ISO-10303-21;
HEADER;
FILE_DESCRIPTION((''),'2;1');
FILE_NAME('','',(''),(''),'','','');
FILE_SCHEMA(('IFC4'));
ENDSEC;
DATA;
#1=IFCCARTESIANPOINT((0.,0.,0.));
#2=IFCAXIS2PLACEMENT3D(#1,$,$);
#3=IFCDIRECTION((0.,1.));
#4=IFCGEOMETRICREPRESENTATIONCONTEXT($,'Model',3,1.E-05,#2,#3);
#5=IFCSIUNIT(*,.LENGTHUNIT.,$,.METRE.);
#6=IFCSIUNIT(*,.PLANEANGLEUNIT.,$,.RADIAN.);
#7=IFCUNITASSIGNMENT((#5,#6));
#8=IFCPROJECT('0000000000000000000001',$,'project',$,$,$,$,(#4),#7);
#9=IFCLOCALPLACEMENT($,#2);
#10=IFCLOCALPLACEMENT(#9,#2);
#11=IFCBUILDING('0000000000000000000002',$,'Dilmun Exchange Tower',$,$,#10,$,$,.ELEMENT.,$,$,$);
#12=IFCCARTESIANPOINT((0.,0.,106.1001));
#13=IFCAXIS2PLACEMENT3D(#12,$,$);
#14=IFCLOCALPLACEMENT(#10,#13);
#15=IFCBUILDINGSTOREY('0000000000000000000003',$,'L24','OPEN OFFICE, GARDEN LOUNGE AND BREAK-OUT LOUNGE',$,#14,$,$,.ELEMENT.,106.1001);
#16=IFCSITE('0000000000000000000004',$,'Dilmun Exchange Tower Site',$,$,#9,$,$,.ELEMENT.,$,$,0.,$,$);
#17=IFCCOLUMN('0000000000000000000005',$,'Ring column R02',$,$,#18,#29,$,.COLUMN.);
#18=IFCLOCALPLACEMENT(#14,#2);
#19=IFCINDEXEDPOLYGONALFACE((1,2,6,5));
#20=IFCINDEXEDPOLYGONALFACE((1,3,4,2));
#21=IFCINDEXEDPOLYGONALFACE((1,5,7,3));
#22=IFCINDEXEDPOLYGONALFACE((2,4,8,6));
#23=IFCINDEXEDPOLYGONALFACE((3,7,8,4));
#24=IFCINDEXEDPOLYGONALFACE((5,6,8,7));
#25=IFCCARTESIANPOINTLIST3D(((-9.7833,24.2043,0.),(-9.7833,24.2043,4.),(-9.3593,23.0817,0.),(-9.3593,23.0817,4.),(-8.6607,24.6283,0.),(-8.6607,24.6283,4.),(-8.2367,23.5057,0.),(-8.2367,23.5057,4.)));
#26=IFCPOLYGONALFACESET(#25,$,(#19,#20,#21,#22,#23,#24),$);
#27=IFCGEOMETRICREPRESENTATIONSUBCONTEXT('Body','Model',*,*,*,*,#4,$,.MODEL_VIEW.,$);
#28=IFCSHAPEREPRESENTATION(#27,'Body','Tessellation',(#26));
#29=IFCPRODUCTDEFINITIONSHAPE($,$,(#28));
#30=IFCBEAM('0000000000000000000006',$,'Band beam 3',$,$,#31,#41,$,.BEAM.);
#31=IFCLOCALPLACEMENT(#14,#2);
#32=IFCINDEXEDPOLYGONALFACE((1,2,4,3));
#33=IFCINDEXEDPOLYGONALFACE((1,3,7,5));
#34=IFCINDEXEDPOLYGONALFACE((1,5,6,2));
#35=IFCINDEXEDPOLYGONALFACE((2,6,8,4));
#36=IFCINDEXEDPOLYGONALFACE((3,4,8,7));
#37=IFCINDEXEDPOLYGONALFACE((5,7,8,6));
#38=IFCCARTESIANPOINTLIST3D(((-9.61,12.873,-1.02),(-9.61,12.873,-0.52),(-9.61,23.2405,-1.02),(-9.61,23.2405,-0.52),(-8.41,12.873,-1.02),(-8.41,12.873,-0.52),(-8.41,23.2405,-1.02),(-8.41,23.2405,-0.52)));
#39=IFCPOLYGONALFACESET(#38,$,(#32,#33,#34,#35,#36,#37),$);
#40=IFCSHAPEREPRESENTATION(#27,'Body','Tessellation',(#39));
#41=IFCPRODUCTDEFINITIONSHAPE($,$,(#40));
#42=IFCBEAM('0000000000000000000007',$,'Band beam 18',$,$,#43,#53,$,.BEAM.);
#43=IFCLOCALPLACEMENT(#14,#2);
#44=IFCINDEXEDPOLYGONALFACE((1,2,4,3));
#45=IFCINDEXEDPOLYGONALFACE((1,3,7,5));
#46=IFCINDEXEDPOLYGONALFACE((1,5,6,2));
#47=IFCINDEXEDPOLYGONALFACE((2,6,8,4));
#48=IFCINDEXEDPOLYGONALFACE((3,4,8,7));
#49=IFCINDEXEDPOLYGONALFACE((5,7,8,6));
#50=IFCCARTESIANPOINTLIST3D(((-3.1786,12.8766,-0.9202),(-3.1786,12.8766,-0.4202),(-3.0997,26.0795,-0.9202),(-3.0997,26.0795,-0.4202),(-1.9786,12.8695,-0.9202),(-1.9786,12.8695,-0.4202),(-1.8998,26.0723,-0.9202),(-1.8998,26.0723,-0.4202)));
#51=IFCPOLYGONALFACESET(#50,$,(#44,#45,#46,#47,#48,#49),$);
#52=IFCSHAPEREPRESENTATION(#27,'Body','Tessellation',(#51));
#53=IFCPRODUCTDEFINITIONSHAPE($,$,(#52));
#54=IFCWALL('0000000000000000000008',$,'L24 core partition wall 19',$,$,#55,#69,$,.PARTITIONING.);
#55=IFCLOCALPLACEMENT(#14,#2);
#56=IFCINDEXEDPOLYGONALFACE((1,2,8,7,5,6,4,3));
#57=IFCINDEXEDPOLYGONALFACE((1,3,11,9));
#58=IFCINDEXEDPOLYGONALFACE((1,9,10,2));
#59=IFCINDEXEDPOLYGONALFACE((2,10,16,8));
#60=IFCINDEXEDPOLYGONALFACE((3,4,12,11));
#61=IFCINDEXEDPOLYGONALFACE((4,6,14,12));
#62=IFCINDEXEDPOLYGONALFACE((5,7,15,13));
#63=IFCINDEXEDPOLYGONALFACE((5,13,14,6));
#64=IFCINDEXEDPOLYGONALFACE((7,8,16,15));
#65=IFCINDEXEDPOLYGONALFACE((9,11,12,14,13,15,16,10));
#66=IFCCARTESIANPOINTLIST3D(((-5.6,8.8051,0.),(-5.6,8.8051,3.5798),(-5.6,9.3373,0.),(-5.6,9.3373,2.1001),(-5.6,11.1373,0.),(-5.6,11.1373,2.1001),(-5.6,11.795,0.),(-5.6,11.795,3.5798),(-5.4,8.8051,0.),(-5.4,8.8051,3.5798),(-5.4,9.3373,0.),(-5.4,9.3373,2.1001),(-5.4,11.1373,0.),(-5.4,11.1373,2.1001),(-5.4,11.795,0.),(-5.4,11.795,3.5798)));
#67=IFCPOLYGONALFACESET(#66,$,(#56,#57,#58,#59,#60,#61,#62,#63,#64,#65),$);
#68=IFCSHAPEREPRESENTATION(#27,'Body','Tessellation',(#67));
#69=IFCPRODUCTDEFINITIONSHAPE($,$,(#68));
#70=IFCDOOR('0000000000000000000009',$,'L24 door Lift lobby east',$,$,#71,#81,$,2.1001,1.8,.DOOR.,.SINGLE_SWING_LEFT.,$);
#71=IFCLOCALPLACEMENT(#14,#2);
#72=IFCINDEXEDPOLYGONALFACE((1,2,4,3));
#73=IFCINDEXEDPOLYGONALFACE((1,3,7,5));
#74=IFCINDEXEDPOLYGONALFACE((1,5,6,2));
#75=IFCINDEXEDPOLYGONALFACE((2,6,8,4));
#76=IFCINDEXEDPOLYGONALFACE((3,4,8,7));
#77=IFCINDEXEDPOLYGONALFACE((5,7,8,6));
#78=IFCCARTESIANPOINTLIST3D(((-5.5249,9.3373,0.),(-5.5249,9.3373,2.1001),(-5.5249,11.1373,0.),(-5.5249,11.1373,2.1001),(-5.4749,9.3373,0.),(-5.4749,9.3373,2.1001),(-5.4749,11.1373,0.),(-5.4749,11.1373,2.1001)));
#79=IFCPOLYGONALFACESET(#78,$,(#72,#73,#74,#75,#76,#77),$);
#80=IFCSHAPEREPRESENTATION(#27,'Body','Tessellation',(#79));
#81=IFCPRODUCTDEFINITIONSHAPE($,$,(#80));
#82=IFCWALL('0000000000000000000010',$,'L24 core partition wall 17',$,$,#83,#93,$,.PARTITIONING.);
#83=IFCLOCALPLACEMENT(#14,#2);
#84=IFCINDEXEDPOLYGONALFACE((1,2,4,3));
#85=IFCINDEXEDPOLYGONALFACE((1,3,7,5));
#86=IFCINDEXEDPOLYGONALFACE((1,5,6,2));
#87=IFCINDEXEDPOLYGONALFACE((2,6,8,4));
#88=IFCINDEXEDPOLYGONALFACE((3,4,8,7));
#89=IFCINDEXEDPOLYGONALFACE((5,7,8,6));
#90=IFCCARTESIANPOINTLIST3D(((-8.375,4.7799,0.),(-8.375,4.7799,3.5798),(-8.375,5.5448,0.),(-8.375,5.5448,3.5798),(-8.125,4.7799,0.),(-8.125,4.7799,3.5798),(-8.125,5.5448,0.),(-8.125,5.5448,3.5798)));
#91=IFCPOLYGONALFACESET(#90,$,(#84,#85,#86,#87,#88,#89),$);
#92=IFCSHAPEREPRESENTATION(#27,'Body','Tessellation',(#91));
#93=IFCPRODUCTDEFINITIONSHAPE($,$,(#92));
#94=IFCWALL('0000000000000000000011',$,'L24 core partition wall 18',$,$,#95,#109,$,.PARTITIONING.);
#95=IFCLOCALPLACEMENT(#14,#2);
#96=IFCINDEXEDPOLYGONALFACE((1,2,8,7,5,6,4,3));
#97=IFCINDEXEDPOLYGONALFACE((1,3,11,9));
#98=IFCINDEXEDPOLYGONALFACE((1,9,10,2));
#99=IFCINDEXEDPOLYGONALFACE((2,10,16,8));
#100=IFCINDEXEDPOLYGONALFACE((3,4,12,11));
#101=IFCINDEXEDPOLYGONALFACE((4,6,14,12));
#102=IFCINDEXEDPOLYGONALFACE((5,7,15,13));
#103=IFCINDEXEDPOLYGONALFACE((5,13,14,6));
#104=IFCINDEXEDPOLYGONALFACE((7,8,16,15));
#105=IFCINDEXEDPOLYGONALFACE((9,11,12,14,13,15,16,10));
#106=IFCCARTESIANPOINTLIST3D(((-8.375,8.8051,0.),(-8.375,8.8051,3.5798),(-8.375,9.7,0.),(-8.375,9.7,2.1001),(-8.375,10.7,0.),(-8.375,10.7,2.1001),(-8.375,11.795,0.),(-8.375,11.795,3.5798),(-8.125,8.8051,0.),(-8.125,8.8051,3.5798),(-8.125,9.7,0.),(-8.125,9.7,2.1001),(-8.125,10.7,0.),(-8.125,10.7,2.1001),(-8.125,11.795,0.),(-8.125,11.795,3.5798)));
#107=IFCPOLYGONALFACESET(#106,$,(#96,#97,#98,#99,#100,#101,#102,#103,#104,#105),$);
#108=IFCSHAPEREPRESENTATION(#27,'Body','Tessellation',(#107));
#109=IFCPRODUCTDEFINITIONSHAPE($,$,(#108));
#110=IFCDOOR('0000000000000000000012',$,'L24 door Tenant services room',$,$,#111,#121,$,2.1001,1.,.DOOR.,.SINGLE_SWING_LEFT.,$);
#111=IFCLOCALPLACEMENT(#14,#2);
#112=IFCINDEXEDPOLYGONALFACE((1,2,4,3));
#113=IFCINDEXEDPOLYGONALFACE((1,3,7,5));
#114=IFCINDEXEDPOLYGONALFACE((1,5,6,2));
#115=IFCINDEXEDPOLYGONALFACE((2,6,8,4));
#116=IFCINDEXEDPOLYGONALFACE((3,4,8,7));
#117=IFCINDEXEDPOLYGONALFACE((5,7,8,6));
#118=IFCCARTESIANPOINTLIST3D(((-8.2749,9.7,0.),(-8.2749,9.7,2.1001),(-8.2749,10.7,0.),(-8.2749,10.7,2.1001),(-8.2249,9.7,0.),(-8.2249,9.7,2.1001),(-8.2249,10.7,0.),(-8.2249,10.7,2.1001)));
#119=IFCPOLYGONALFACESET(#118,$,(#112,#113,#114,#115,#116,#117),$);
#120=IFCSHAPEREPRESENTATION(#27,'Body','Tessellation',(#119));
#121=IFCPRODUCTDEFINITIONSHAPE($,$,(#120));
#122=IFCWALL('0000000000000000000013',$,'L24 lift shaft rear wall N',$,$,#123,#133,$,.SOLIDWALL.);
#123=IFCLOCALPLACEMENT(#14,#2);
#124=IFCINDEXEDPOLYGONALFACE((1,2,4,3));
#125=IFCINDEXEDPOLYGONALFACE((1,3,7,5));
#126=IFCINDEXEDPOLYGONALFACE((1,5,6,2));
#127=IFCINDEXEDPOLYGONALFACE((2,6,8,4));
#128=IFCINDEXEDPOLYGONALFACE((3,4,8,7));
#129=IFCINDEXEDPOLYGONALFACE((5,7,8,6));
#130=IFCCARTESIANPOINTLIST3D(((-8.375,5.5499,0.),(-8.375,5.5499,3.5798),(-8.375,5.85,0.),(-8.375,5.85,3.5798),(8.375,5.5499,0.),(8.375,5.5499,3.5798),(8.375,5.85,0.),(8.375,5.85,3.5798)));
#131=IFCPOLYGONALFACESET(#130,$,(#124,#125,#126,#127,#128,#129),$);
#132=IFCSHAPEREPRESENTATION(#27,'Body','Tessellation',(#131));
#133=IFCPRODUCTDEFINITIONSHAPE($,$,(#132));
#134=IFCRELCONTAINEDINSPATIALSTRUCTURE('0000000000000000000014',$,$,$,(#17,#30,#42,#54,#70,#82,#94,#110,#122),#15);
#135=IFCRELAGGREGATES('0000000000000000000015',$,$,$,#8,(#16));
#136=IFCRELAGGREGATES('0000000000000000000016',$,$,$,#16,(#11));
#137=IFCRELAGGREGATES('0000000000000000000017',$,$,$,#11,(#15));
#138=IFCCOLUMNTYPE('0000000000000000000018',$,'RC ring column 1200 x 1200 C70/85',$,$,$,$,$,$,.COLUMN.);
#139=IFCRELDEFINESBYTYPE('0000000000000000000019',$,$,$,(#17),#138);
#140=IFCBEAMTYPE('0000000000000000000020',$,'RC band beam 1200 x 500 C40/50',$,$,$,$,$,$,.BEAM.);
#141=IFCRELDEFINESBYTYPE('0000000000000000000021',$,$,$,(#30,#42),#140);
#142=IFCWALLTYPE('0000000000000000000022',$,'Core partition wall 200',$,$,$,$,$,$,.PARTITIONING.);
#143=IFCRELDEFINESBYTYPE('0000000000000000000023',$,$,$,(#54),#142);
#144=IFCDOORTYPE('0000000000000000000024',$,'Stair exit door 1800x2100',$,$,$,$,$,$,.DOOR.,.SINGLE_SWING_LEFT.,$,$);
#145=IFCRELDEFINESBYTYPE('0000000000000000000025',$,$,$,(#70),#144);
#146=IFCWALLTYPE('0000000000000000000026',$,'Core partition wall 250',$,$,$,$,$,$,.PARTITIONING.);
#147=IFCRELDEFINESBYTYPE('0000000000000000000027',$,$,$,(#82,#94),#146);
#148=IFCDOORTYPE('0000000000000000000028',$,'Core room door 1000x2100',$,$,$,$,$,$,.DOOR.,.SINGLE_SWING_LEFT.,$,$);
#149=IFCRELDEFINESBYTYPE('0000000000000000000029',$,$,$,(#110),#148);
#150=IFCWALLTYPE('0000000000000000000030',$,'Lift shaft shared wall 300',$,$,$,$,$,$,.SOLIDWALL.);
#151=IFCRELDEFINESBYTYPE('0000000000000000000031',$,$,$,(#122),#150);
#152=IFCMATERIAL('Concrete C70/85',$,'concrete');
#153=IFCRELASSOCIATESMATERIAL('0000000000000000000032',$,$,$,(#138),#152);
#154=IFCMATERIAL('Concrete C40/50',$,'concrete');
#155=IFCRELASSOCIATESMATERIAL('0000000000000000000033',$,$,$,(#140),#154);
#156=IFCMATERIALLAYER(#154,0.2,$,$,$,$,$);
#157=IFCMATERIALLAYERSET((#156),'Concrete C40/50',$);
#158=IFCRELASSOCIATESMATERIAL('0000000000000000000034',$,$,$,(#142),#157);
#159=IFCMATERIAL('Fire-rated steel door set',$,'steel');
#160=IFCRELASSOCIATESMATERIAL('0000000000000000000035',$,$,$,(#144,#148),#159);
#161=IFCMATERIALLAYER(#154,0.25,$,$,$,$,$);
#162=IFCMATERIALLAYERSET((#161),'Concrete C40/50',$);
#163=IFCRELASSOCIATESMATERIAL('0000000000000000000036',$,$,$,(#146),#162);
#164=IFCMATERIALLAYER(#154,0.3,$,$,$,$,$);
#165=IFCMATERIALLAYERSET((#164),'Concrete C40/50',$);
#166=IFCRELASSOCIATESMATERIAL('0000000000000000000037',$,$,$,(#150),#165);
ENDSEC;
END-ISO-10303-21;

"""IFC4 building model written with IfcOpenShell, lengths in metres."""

from ifc_helpers import new_model, si_unit, direction, frame, frame_2d, origin, origin_2d, place, context, subcontext, project, spatial, rectangle, extrude, material, layer, layer_set, material_profile, profile_set, type_object, element, fill, save


model = new_model("IFC4")

# Units and contexts
model_context = context("Model", 3, precision=1e-05, world=origin(), true_north=direction((0.0, 1.0)))
body_context = subcontext(model_context, "Body", "Model", "MODEL_VIEW")
ifc_project = project(units=[si_unit("LENGTHUNIT", "METRE"), si_unit("PLANEANGLEUNIT", "RADIAN")], contexts=[model_context])

# Site, building, storey
site_placement = place(None, origin())
site = spatial("IfcSite", under=ifc_project, at=site_placement, Name="Dilmun Exchange Tower Site", CompositionType="ELEMENT", RefElevation=0.0)
building_placement = place(site_placement, origin())
building = spatial("IfcBuilding", under=site, at=building_placement, Name="Dilmun Exchange Tower", CompositionType="ELEMENT")
storey_placement = place(building_placement, frame((0.0, 0.0, 106.1001)))
storey = spatial("IfcBuildingStorey", under=building, at=storey_placement, Name="L24", Description="OPEN OFFICE, GARDEN LOUNGE AND BREAK-OUT LOUNGE", CompositionType="ELEMENT", Elevation=106.1001)

# Column
ifc_material_1 = material(Name="Concrete C70/85", Category="concrete")
ifc_material_profile_1 = material_profile(ifc_material_1, rectangle(XDim=1.2, YDim=1.2, at=origin_2d()), Name="1200 x 1200")
ifc_profile_set_1 = profile_set([ifc_material_profile_1], Name="Concrete C70/85")
column_type = type_object("IfcColumnType", Name="RC ring column 1200 x 1200 C70/85", PredefinedType="COLUMN", material=ifc_profile_set_1)
column_placement = place(storey_placement, frame((-9.01, 23.855, 0.0), z_axis=(0.0, 0.0, 1.0), x_axis=(0.935492, 0.353349, 0.0)))
element("IfcColumn", 1, at=column_placement, inside=storey, type_object=column_type, Name="Ring column R02", PredefinedType="COLUMN", context=body_context, shape_type="SweptSolid", body=[
    extrude(rectangle(XDim=1.2, YDim=1.2, at=origin_2d()), origin(), (0.0, 0.0, 1.0), 4.0),
])

# Beams
ifc_material_2 = material(Name="Concrete C40/50", Category="concrete")
ifc_material_profile_2 = material_profile(ifc_material_2, rectangle(XDim=1.2, YDim=0.5, at=origin_2d()), Name="1200 x 500")
ifc_profile_set_2 = profile_set([ifc_material_profile_2], Name="Concrete C40/50")
beam_type = type_object("IfcBeamType", Name="RC band beam 1200 x 500 C40/50", PredefinedType="BEAM", material=ifc_profile_set_2)
beam_1_placement = place(storey_placement, frame((-9.01, 23.2405, -0.77), z_axis=(0.0, -1.0, 0.0), x_axis=(1.0, 0.0, 0.0)))
element("IfcBeam", 2, at=beam_1_placement, inside=storey, type_object=beam_type, Name="Band beam 3", PredefinedType="BEAM", context=body_context, shape_type="SweptSolid", body=[
    extrude(rectangle(XDim=1.2, YDim=0.5, at=origin_2d()), origin(), (0.0, 0.0, 1.0), 10.3674),
])
beam_2_placement = place(storey_placement, frame((-2.4998, 26.0759, -0.6702), z_axis=(-0.005973, -0.999982, 0.0), x_axis=(0.999982, -0.005973, 0.0)))
element("IfcBeam", 3, at=beam_2_placement, inside=storey, type_object=beam_type, Name="Band beam 18", PredefinedType="BEAM", context=body_context, shape_type="SweptSolid", body=[
    extrude(rectangle(XDim=1.2, YDim=0.5, at=origin_2d()), origin(), (0.0, 0.0, 1.0), 13.2031),
])

# Wall, opening, door
ifc_layer_1 = layer(ifc_material_2, 0.2)
ifc_layer_set_1 = layer_set([ifc_layer_1], Name="Concrete C40/50")
wall_type_1 = type_object("IfcWallType", Name="Core partition wall 200", PredefinedType="PARTITIONING", material=ifc_layer_set_1)
wall_1_placement = place(storey_placement, frame((-5.5, 8.8049, 0.0), z_axis=(0.0, 0.0, 1.0), x_axis=(0.0, 1.0, 0.0)))
wall_1 = element("IfcWall", 4, at=wall_1_placement, inside=storey, type_object=wall_type_1, Name="L24 core partition wall 19", PredefinedType="PARTITIONING", context=body_context, shape_type="SweptSolid", body=[
    extrude(rectangle(XDim=2.99, YDim=0.2, at=frame_2d((1.4951, 0.0))), origin(), (0.0, 0.0, 1.0), 3.5798),
])
opening_1_placement = place(wall_1_placement, frame((0.5325, 0.0, 0.0)))
opening_1 = element("IfcOpeningElement", 5, at=opening_1_placement, cuts=wall_1, PredefinedType="OPENING", context=body_context, shape_type="SweptSolid", body=[
    extrude(rectangle(XDim=1.8, YDim=2.1001, at=frame_2d((0.8999, 1.05))), frame((0.0, 0.1099, 0.0), z_axis=(0.0, -1.0, 0.0), x_axis=(1.0, 0.0, 0.0)), (0.0, 0.0, 1.0), 0.22),
])
ifc_material_3 = material(Name="Fire-rated steel door set", Category="steel")
door_type_1 = type_object("IfcDoorType", Name="Stair exit door 1800x2100", OperationType="SINGLE_SWING_LEFT", PredefinedType="DOOR", material=ifc_material_3)
door_1_placement = place(opening_1_placement, origin())
door_1 = element("IfcDoor", 6, at=door_1_placement, inside=storey, type_object=door_type_1, Name="L24 door Lift lobby east", OperationType="SINGLE_SWING_LEFT", OverallHeight=2.1001, OverallWidth=1.8, PredefinedType="DOOR", context=body_context, shape_type="SweptSolid", body=[
    extrude(rectangle(XDim=1.8, YDim=2.1001, at=frame_2d((0.8999, 1.05))), frame((0.0, 0.0249, 0.0), z_axis=(0.0, -1.0, 0.0), x_axis=(1.0, 0.0, 0.0)), (0.0, 0.0, 1.0), 0.05),
])
fill(opening_1, door_1)

# Wall
ifc_layer_2 = layer(ifc_material_2, 0.25)
ifc_layer_set_2 = layer_set([ifc_layer_2], Name="Concrete C40/50")
wall_type_2 = type_object("IfcWallType", Name="Core partition wall 250", PredefinedType="PARTITIONING", material=ifc_layer_set_2)
wall_2_placement = place(storey_placement, frame((-8.25, 4.78, 0.0), z_axis=(0.0, 0.0, 1.0), x_axis=(0.0, 1.0, 0.0)))
element("IfcWall", 7, at=wall_2_placement, inside=storey, type_object=wall_type_2, Name="L24 core partition wall 17", PredefinedType="PARTITIONING", context=body_context, shape_type="SweptSolid", body=[
    extrude(rectangle(XDim=0.7649, YDim=0.25, at=frame_2d((0.3823, 0.0))), origin(), (0.0, 0.0, 1.0), 3.5798),
])

# Wall, opening, door
wall_3_placement = place(storey_placement, frame((-8.25, 8.8049, 0.0), z_axis=(0.0, 0.0, 1.0), x_axis=(0.0, 1.0, 0.0)))
wall_3 = element("IfcWall", 8, at=wall_3_placement, inside=storey, type_object=wall_type_2, Name="L24 core partition wall 18", PredefinedType="PARTITIONING", context=body_context, shape_type="SweptSolid", body=[
    extrude(rectangle(XDim=2.99, YDim=0.25, at=frame_2d((1.4951, 0.0))), origin(), (0.0, 0.0, 1.0), 3.5798),
])
opening_2_placement = place(wall_3_placement, frame((0.895, 0.0, 0.0)))
opening_2 = element("IfcOpeningElement", 9, at=opening_2_placement, cuts=wall_3, PredefinedType="OPENING", context=body_context, shape_type="SweptSolid", body=[
    extrude(rectangle(XDim=1.0, YDim=2.1001, at=frame_2d((0.5, 1.05))), frame((0.0, 0.135, 0.0), z_axis=(0.0, -1.0, 0.0), x_axis=(1.0, 0.0, 0.0)), (0.0, 0.0, 1.0), 0.27),
])
door_type_2 = type_object("IfcDoorType", Name="Core room door 1000x2100", OperationType="SINGLE_SWING_LEFT", PredefinedType="DOOR", material=ifc_material_3)
door_2_placement = place(opening_2_placement, origin())
door_2 = element("IfcDoor", 10, at=door_2_placement, inside=storey, type_object=door_type_2, Name="L24 door Tenant services room", OperationType="SINGLE_SWING_LEFT", OverallHeight=2.1001, OverallWidth=1.0, PredefinedType="DOOR", context=body_context, shape_type="SweptSolid", body=[
    extrude(rectangle(XDim=1.0, YDim=2.1001, at=frame_2d((0.5, 1.05))), frame((0.0, 0.0249, 0.0), z_axis=(0.0, -1.0, 0.0), x_axis=(1.0, 0.0, 0.0)), (0.0, 0.0, 1.0), 0.05),
])
fill(opening_2, door_2)

# Wall
ifc_layer_3 = layer(ifc_material_2, 0.3)
ifc_layer_set_3 = layer_set([ifc_layer_3], Name="Concrete C40/50")
wall_type_3 = type_object("IfcWallType", Name="Lift shaft shared wall 300", PredefinedType="SOLIDWALL", material=ifc_layer_set_3)
wall_4_placement = place(storey_placement, frame((-8.375, 5.7, 0.0), z_axis=(0.0, 0.0, 1.0), x_axis=(1.0, 0.0, 0.0)))
element("IfcWall", 11, at=wall_4_placement, inside=storey, type_object=wall_type_3, Name="L24 lift shaft rear wall N", PredefinedType="SOLIDWALL", context=body_context, shape_type="SweptSolid", body=[
    extrude(rectangle(XDim=16.75, YDim=0.3, at=frame_2d((8.375, 0.0))), origin(), (0.0, 0.0, 1.0), 3.5798),
])

save(model, "model.ifc")
